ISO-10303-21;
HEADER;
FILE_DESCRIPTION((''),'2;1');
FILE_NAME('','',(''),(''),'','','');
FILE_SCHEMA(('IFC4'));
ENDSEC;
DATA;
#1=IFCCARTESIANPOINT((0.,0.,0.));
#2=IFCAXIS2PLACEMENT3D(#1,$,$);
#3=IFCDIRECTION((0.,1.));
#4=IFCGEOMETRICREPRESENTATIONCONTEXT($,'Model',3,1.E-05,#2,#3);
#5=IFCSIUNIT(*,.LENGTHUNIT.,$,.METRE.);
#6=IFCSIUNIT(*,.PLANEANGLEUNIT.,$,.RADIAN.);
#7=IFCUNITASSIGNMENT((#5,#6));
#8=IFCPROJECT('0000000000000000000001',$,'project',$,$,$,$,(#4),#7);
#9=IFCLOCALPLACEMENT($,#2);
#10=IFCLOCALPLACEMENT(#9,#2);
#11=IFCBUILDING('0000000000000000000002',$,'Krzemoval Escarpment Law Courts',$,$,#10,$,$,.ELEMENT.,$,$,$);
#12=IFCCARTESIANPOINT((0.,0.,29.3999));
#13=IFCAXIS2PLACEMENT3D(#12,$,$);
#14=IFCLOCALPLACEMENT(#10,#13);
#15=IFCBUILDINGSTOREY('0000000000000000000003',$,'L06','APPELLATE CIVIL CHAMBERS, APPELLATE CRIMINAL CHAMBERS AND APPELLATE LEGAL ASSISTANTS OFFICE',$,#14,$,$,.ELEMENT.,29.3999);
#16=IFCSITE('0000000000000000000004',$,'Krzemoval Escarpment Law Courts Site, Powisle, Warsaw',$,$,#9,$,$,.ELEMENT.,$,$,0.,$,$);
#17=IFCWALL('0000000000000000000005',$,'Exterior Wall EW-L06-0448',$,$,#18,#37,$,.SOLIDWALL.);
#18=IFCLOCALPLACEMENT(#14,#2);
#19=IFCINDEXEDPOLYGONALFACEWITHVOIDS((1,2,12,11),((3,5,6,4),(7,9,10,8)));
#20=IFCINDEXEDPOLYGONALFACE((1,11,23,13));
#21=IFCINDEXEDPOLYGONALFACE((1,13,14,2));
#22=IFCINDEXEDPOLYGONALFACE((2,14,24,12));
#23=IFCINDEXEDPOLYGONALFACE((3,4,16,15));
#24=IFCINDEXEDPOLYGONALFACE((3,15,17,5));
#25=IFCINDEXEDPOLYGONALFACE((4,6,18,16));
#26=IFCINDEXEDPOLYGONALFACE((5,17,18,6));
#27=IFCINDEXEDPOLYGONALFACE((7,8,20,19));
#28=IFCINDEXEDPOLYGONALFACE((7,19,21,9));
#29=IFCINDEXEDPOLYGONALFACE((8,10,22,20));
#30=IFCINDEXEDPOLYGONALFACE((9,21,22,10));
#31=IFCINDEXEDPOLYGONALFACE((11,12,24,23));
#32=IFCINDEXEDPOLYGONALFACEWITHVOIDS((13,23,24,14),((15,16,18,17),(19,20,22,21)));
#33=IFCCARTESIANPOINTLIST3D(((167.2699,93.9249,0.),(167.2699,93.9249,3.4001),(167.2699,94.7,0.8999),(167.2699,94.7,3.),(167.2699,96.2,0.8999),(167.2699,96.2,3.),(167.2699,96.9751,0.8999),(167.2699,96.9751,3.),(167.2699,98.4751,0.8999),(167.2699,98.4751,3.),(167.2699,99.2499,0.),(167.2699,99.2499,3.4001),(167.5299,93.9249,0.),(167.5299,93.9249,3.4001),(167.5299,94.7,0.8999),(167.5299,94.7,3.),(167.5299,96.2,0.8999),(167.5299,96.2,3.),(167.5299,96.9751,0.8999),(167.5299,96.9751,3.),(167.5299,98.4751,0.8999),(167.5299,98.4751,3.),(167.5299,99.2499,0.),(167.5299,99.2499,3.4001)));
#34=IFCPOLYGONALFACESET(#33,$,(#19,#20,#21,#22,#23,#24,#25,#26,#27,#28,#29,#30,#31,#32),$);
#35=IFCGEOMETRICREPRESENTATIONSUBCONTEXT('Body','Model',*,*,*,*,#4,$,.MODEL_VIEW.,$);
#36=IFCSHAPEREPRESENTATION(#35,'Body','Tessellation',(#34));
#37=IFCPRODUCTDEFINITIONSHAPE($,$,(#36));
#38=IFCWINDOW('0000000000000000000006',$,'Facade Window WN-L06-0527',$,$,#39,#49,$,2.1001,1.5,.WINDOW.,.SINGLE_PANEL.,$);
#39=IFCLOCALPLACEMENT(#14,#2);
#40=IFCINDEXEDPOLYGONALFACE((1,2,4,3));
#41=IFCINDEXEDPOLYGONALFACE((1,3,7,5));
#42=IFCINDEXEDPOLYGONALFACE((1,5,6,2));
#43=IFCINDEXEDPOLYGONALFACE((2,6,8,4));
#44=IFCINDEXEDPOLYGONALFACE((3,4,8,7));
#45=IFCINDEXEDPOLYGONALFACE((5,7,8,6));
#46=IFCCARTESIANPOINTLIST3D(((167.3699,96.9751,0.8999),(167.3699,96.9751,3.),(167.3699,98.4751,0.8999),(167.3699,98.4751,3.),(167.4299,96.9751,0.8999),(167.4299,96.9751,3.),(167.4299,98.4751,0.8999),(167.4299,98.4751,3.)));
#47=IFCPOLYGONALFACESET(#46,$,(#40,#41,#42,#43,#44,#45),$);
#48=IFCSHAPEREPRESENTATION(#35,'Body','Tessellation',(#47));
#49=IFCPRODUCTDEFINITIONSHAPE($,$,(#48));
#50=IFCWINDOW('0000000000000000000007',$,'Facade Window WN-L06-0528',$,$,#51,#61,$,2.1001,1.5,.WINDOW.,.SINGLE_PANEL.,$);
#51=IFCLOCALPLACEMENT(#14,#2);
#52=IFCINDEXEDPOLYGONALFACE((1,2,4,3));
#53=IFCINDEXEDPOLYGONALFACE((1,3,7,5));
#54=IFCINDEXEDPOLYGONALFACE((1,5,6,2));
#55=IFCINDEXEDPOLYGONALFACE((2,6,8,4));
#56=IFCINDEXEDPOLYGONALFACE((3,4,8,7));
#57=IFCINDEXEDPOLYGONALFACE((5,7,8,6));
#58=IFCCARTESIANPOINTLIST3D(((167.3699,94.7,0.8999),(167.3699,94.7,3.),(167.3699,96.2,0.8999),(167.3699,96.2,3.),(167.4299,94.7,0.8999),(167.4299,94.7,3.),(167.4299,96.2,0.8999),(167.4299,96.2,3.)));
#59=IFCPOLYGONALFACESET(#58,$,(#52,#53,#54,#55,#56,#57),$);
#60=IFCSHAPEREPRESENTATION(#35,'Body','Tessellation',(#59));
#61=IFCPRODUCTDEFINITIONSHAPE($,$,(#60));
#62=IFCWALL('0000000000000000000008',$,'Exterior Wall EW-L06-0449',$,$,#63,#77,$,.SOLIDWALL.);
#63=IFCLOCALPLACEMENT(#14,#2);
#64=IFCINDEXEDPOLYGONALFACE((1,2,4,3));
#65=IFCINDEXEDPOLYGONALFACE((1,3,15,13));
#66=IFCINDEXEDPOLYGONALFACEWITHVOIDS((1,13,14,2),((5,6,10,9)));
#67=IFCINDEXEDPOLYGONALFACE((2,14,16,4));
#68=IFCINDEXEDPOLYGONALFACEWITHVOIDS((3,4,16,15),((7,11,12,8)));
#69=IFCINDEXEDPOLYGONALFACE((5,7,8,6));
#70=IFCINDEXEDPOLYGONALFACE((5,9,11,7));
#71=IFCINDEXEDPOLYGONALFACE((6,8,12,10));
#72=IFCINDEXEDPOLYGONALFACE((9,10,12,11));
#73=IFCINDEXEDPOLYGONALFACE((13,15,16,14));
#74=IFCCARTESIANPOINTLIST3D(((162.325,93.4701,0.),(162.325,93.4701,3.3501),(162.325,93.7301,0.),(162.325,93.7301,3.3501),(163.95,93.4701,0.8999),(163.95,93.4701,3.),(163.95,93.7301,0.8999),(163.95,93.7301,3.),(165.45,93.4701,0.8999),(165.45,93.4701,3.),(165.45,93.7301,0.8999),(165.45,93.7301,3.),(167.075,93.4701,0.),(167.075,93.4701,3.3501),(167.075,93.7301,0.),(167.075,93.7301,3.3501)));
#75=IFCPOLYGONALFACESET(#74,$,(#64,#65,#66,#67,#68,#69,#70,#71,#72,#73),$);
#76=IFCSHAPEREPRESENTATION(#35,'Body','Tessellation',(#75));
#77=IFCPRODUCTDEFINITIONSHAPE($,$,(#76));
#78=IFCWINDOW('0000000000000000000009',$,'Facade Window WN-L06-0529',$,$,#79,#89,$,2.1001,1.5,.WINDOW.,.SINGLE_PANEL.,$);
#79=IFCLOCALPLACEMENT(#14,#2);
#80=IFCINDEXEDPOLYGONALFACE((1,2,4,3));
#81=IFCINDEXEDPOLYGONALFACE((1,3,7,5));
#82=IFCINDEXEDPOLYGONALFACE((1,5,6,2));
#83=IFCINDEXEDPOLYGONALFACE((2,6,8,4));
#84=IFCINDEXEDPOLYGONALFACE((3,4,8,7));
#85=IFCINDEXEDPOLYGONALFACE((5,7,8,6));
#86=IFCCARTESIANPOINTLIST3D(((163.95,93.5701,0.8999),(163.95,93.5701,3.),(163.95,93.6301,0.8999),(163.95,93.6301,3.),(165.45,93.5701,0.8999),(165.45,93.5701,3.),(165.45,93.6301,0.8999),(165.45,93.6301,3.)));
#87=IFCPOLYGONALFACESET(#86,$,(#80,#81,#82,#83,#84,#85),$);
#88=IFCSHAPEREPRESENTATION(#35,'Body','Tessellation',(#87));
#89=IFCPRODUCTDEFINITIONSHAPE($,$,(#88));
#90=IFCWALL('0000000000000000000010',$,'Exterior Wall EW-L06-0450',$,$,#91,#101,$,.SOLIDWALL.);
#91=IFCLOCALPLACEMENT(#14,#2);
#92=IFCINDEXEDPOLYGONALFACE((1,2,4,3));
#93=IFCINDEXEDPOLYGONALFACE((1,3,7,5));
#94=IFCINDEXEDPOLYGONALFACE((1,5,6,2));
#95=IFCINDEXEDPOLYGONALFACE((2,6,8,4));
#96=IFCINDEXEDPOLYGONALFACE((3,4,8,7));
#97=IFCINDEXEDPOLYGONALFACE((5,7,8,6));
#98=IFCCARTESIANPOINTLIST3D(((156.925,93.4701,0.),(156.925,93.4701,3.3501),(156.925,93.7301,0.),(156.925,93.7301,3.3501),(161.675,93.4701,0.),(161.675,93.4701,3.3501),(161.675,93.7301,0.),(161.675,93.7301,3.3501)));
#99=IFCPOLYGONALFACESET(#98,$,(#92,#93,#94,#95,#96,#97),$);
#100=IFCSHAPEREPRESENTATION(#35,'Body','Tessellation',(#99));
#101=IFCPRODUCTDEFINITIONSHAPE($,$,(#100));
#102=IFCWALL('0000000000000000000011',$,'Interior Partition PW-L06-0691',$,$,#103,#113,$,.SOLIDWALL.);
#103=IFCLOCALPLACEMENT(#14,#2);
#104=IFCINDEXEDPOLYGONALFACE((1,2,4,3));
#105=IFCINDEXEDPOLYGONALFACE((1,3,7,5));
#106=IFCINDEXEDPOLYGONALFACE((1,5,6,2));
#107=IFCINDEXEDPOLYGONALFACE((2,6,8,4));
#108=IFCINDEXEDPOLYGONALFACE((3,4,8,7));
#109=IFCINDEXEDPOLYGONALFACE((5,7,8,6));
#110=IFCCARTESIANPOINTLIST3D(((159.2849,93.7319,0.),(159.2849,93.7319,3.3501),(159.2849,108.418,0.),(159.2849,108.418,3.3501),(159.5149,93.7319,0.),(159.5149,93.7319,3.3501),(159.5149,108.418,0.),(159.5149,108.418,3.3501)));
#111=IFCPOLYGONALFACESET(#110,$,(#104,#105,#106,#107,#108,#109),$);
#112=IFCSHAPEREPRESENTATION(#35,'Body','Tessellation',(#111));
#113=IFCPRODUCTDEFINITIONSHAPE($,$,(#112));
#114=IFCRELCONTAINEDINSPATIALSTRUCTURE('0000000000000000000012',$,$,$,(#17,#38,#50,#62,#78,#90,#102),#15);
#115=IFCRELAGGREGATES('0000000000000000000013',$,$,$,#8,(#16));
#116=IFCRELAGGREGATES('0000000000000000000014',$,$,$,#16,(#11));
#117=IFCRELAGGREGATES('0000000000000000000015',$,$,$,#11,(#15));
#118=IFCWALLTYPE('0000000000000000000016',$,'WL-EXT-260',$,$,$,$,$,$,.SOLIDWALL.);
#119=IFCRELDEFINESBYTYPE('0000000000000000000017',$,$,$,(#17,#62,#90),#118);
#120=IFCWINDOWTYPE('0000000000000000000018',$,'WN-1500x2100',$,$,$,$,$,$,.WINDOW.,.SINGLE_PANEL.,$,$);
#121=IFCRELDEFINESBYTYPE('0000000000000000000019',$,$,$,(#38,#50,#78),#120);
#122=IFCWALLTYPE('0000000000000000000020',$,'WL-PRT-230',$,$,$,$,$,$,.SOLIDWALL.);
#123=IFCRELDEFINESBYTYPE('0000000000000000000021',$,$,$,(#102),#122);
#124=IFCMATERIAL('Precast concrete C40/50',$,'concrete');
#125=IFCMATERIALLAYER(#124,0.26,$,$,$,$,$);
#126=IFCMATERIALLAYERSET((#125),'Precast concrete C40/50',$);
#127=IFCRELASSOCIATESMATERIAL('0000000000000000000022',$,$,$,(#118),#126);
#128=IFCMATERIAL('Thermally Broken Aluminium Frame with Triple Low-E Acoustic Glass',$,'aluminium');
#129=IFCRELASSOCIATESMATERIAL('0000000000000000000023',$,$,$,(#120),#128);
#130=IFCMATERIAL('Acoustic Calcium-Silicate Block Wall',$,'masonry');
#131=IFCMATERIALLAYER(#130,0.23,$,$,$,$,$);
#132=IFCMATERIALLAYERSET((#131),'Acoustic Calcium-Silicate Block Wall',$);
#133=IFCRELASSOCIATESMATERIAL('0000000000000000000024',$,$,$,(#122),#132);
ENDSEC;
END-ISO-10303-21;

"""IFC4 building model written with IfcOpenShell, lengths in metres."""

from ifc_helpers import new_model, si_unit, direction, frame, frame_2d, origin, place, context, subcontext, project, spatial, rectangle, extrude, material, layer, layer_set, type_object, element, fill, save


model = new_model("IFC4")

# Units and contexts
model_context = context("Model", 3, precision=1e-05, world=origin(), true_north=direction((0.0, 1.0)))
body_context = subcontext(model_context, "Body", "Model", "MODEL_VIEW")
ifc_project = project(units=[si_unit("LENGTHUNIT", "METRE"), si_unit("PLANEANGLEUNIT", "RADIAN")], contexts=[model_context])

# Site, building, storey
site_placement = place(None, origin())
site = spatial("IfcSite", under=ifc_project, at=site_placement, Name="Krzemoval Escarpment Law Courts Site, Powisle, Warsaw", CompositionType="ELEMENT", RefElevation=0.0)
building_placement = place(site_placement, origin())
building = spatial("IfcBuilding", under=site, at=building_placement, Name="Krzemoval Escarpment Law Courts", CompositionType="ELEMENT")
storey_placement = place(building_placement, frame((0.0, 0.0, 29.3999)))
storey = spatial("IfcBuildingStorey", under=building, at=storey_placement, Name="L06", Description="APPELLATE CIVIL CHAMBERS, APPELLATE CRIMINAL CHAMBERS AND APPELLATE LEGAL ASSISTANTS OFFICE", CompositionType="ELEMENT", Elevation=29.3999)

# Shared definitions
ifc_material_1 = material(Name="Precast concrete C40/50", Category="concrete")
ifc_layer_1 = layer(ifc_material_1, 0.26)
ifc_layer_set_1 = layer_set([ifc_layer_1], Name="Precast concrete C40/50")
wall_type_1 = type_object("IfcWallType", Name="WL-EXT-260", PredefinedType="SOLIDWALL", material=ifc_layer_set_1)

# Wall, openings, windows
wall_1_placement = place(storey_placement, frame((167.3999, 99.25, 0.0), z_axis=(0.0, 0.0, 1.0), x_axis=(0.0, -1.0, 0.0)))
wall_1 = element("IfcWall", 1, at=wall_1_placement, inside=storey, type_object=wall_type_1, Name="Exterior Wall EW-L06-0448", PredefinedType="SOLIDWALL", context=body_context, shape_type="SweptSolid", body=[
    extrude(rectangle(XDim=5.325, YDim=0.26, at=frame_2d((2.6626, 0.0))), origin(), (0.0, 0.0, 1.0), 3.4001),
])
opening_1_placement = place(wall_1_placement, frame((0.7749, 0.0, 0.8999)))
opening_1 = element("IfcOpeningElement", 2, at=opening_1_placement, cuts=wall_1, PredefinedType="OPENING", context=body_context, shape_type="SweptSolid", body=[
    extrude(rectangle(XDim=1.5, YDim=2.1001, at=frame_2d((0.75, 1.05))), frame((0.0, 0.145, 0.0), z_axis=(0.0, -1.0, 0.0), x_axis=(1.0, 0.0, 0.0)), (0.0, 0.0, 1.0), 0.29),
])
opening_2_placement = place(wall_1_placement, frame((3.05, 0.0, 0.8999)))
opening_2 = element("IfcOpeningElement", 3, at=opening_2_placement, cuts=wall_1, PredefinedType="OPENING", context=body_context, shape_type="SweptSolid", body=[
    extrude(rectangle(XDim=1.5, YDim=2.1001, at=frame_2d((0.75, 1.05))), frame((0.0, 0.145, 0.0), z_axis=(0.0, -1.0, 0.0), x_axis=(1.0, 0.0, 0.0)), (0.0, 0.0, 1.0), 0.29),
])
ifc_material_2 = material(Name="Thermally Broken Aluminium Frame with Triple Low-E Acoustic Glass", Category="aluminium")
window_type = type_object("IfcWindowType", Name="WN-1500x2100", PartitioningType="SINGLE_PANEL", PredefinedType="WINDOW", material=ifc_material_2)
window_1_placement = place(opening_1_placement, origin())
window_1 = element("IfcWindow", 4, at=window_1_placement, inside=storey, type_object=window_type, Name="Facade Window WN-L06-0527", OverallHeight=2.1001, OverallWidth=1.5, PartitioningType="SINGLE_PANEL", PredefinedType="WINDOW", context=body_context, shape_type="SweptSolid", body=[
    extrude(rectangle(XDim=1.5, YDim=2.1001, at=frame_2d((0.75, 1.05))), frame((0.0, 0.03, 0.0), z_axis=(0.0, -1.0, 0.0), x_axis=(1.0, 0.0, 0.0)), (0.0, 0.0, 1.0), 0.0601),
])
fill(opening_1, window_1)
window_2_placement = place(opening_2_placement, origin())
window_2 = element("IfcWindow", 5, at=window_2_placement, inside=storey, type_object=window_type, Name="Facade Window WN-L06-0528", OverallHeight=2.1001, OverallWidth=1.5, PartitioningType="SINGLE_PANEL", PredefinedType="WINDOW", context=body_context, shape_type="SweptSolid", body=[
    extrude(rectangle(XDim=1.5, YDim=2.1001, at=frame_2d((0.75, 1.05))), frame((0.0, 0.03, 0.0), z_axis=(0.0, -1.0, 0.0), x_axis=(1.0, 0.0, 0.0)), (0.0, 0.0, 1.0), 0.0601),
])
fill(opening_2, window_2)

# Wall, opening, window
wall_2_placement = place(storey_placement, frame((167.075, 93.6001, 0.0), z_axis=(0.0, 0.0, 1.0), x_axis=(-1.0, 0.0, 0.0)))
wall_2 = element("IfcWall", 6, at=wall_2_placement, inside=storey, type_object=wall_type_1, Name="Exterior Wall EW-L06-0449", PredefinedType="SOLIDWALL", context=body_context, shape_type="SweptSolid", body=[
    extrude(rectangle(XDim=4.75, YDim=0.26, at=frame_2d((2.375, 0.0))), origin(), (0.0, 0.0, 1.0), 3.3501),
])
opening_3_placement = place(wall_2_placement, frame((1.625, 0.0, 0.8999)))
opening_3 = element("IfcOpeningElement", 7, at=opening_3_placement, cuts=wall_2, PredefinedType="OPENING", context=body_context, shape_type="SweptSolid", body=[
    extrude(rectangle(XDim=1.5, YDim=2.1001, at=frame_2d((0.75, 1.05))), frame((0.0, 0.145, 0.0), z_axis=(0.0, -1.0, 0.0), x_axis=(1.0, 0.0, 0.0)), (0.0, 0.0, 1.0), 0.29),
])
window_3_placement = place(opening_3_placement, origin())
window_3 = element("IfcWindow", 8, at=window_3_placement, inside=storey, type_object=window_type, Name="Facade Window WN-L06-0529", OverallHeight=2.1001, OverallWidth=1.5, PartitioningType="SINGLE_PANEL", PredefinedType="WINDOW", context=body_context, shape_type="SweptSolid", body=[
    extrude(rectangle(XDim=1.5, YDim=2.1001, at=frame_2d((0.75, 1.05))), frame((0.0, 0.03, 0.0), z_axis=(0.0, -1.0, 0.0), x_axis=(1.0, 0.0, 0.0)), (0.0, 0.0, 1.0), 0.0601),
])
fill(opening_3, window_3)

# Walls
wall_3_placement = place(storey_placement, frame((161.675, 93.6001, 0.0), z_axis=(0.0, 0.0, 1.0), x_axis=(-1.0, 0.0, 0.0)))
element("IfcWall", 9, at=wall_3_placement, inside=storey, type_object=wall_type_1, Name="Exterior Wall EW-L06-0450", PredefinedType="SOLIDWALL", context=body_context, shape_type="SweptSolid", body=[
    extrude(rectangle(XDim=4.75, YDim=0.26, at=frame_2d((2.375, 0.0))), origin(), (0.0, 0.0, 1.0), 3.3501),
])
ifc_material_3 = material(Name="Acoustic Calcium-Silicate Block Wall", Category="masonry")
ifc_layer_2 = layer(ifc_material_3, 0.23)
ifc_layer_set_2 = layer_set([ifc_layer_2], Name="Acoustic Calcium-Silicate Block Wall")
wall_type_2 = type_object("IfcWallType", Name="WL-PRT-230", PredefinedType="SOLIDWALL", material=ifc_layer_set_2)
wall_4_placement = place(storey_placement, frame((159.3999, 93.7319, 0.0), z_axis=(0.0, 0.0, 1.0), x_axis=(0.0, 1.0, 0.0)))
element("IfcWall", 10, at=wall_4_placement, inside=storey, type_object=wall_type_2, Name="Interior Partition PW-L06-0691", PredefinedType="SOLIDWALL", context=body_context, shape_type="SweptSolid", body=[
    extrude(rectangle(XDim=14.686, YDim=0.23, at=frame_2d((7.343, 0.0))), origin(), (0.0, 0.0, 1.0), 3.3501),
])

save(model, "model.ifc")
